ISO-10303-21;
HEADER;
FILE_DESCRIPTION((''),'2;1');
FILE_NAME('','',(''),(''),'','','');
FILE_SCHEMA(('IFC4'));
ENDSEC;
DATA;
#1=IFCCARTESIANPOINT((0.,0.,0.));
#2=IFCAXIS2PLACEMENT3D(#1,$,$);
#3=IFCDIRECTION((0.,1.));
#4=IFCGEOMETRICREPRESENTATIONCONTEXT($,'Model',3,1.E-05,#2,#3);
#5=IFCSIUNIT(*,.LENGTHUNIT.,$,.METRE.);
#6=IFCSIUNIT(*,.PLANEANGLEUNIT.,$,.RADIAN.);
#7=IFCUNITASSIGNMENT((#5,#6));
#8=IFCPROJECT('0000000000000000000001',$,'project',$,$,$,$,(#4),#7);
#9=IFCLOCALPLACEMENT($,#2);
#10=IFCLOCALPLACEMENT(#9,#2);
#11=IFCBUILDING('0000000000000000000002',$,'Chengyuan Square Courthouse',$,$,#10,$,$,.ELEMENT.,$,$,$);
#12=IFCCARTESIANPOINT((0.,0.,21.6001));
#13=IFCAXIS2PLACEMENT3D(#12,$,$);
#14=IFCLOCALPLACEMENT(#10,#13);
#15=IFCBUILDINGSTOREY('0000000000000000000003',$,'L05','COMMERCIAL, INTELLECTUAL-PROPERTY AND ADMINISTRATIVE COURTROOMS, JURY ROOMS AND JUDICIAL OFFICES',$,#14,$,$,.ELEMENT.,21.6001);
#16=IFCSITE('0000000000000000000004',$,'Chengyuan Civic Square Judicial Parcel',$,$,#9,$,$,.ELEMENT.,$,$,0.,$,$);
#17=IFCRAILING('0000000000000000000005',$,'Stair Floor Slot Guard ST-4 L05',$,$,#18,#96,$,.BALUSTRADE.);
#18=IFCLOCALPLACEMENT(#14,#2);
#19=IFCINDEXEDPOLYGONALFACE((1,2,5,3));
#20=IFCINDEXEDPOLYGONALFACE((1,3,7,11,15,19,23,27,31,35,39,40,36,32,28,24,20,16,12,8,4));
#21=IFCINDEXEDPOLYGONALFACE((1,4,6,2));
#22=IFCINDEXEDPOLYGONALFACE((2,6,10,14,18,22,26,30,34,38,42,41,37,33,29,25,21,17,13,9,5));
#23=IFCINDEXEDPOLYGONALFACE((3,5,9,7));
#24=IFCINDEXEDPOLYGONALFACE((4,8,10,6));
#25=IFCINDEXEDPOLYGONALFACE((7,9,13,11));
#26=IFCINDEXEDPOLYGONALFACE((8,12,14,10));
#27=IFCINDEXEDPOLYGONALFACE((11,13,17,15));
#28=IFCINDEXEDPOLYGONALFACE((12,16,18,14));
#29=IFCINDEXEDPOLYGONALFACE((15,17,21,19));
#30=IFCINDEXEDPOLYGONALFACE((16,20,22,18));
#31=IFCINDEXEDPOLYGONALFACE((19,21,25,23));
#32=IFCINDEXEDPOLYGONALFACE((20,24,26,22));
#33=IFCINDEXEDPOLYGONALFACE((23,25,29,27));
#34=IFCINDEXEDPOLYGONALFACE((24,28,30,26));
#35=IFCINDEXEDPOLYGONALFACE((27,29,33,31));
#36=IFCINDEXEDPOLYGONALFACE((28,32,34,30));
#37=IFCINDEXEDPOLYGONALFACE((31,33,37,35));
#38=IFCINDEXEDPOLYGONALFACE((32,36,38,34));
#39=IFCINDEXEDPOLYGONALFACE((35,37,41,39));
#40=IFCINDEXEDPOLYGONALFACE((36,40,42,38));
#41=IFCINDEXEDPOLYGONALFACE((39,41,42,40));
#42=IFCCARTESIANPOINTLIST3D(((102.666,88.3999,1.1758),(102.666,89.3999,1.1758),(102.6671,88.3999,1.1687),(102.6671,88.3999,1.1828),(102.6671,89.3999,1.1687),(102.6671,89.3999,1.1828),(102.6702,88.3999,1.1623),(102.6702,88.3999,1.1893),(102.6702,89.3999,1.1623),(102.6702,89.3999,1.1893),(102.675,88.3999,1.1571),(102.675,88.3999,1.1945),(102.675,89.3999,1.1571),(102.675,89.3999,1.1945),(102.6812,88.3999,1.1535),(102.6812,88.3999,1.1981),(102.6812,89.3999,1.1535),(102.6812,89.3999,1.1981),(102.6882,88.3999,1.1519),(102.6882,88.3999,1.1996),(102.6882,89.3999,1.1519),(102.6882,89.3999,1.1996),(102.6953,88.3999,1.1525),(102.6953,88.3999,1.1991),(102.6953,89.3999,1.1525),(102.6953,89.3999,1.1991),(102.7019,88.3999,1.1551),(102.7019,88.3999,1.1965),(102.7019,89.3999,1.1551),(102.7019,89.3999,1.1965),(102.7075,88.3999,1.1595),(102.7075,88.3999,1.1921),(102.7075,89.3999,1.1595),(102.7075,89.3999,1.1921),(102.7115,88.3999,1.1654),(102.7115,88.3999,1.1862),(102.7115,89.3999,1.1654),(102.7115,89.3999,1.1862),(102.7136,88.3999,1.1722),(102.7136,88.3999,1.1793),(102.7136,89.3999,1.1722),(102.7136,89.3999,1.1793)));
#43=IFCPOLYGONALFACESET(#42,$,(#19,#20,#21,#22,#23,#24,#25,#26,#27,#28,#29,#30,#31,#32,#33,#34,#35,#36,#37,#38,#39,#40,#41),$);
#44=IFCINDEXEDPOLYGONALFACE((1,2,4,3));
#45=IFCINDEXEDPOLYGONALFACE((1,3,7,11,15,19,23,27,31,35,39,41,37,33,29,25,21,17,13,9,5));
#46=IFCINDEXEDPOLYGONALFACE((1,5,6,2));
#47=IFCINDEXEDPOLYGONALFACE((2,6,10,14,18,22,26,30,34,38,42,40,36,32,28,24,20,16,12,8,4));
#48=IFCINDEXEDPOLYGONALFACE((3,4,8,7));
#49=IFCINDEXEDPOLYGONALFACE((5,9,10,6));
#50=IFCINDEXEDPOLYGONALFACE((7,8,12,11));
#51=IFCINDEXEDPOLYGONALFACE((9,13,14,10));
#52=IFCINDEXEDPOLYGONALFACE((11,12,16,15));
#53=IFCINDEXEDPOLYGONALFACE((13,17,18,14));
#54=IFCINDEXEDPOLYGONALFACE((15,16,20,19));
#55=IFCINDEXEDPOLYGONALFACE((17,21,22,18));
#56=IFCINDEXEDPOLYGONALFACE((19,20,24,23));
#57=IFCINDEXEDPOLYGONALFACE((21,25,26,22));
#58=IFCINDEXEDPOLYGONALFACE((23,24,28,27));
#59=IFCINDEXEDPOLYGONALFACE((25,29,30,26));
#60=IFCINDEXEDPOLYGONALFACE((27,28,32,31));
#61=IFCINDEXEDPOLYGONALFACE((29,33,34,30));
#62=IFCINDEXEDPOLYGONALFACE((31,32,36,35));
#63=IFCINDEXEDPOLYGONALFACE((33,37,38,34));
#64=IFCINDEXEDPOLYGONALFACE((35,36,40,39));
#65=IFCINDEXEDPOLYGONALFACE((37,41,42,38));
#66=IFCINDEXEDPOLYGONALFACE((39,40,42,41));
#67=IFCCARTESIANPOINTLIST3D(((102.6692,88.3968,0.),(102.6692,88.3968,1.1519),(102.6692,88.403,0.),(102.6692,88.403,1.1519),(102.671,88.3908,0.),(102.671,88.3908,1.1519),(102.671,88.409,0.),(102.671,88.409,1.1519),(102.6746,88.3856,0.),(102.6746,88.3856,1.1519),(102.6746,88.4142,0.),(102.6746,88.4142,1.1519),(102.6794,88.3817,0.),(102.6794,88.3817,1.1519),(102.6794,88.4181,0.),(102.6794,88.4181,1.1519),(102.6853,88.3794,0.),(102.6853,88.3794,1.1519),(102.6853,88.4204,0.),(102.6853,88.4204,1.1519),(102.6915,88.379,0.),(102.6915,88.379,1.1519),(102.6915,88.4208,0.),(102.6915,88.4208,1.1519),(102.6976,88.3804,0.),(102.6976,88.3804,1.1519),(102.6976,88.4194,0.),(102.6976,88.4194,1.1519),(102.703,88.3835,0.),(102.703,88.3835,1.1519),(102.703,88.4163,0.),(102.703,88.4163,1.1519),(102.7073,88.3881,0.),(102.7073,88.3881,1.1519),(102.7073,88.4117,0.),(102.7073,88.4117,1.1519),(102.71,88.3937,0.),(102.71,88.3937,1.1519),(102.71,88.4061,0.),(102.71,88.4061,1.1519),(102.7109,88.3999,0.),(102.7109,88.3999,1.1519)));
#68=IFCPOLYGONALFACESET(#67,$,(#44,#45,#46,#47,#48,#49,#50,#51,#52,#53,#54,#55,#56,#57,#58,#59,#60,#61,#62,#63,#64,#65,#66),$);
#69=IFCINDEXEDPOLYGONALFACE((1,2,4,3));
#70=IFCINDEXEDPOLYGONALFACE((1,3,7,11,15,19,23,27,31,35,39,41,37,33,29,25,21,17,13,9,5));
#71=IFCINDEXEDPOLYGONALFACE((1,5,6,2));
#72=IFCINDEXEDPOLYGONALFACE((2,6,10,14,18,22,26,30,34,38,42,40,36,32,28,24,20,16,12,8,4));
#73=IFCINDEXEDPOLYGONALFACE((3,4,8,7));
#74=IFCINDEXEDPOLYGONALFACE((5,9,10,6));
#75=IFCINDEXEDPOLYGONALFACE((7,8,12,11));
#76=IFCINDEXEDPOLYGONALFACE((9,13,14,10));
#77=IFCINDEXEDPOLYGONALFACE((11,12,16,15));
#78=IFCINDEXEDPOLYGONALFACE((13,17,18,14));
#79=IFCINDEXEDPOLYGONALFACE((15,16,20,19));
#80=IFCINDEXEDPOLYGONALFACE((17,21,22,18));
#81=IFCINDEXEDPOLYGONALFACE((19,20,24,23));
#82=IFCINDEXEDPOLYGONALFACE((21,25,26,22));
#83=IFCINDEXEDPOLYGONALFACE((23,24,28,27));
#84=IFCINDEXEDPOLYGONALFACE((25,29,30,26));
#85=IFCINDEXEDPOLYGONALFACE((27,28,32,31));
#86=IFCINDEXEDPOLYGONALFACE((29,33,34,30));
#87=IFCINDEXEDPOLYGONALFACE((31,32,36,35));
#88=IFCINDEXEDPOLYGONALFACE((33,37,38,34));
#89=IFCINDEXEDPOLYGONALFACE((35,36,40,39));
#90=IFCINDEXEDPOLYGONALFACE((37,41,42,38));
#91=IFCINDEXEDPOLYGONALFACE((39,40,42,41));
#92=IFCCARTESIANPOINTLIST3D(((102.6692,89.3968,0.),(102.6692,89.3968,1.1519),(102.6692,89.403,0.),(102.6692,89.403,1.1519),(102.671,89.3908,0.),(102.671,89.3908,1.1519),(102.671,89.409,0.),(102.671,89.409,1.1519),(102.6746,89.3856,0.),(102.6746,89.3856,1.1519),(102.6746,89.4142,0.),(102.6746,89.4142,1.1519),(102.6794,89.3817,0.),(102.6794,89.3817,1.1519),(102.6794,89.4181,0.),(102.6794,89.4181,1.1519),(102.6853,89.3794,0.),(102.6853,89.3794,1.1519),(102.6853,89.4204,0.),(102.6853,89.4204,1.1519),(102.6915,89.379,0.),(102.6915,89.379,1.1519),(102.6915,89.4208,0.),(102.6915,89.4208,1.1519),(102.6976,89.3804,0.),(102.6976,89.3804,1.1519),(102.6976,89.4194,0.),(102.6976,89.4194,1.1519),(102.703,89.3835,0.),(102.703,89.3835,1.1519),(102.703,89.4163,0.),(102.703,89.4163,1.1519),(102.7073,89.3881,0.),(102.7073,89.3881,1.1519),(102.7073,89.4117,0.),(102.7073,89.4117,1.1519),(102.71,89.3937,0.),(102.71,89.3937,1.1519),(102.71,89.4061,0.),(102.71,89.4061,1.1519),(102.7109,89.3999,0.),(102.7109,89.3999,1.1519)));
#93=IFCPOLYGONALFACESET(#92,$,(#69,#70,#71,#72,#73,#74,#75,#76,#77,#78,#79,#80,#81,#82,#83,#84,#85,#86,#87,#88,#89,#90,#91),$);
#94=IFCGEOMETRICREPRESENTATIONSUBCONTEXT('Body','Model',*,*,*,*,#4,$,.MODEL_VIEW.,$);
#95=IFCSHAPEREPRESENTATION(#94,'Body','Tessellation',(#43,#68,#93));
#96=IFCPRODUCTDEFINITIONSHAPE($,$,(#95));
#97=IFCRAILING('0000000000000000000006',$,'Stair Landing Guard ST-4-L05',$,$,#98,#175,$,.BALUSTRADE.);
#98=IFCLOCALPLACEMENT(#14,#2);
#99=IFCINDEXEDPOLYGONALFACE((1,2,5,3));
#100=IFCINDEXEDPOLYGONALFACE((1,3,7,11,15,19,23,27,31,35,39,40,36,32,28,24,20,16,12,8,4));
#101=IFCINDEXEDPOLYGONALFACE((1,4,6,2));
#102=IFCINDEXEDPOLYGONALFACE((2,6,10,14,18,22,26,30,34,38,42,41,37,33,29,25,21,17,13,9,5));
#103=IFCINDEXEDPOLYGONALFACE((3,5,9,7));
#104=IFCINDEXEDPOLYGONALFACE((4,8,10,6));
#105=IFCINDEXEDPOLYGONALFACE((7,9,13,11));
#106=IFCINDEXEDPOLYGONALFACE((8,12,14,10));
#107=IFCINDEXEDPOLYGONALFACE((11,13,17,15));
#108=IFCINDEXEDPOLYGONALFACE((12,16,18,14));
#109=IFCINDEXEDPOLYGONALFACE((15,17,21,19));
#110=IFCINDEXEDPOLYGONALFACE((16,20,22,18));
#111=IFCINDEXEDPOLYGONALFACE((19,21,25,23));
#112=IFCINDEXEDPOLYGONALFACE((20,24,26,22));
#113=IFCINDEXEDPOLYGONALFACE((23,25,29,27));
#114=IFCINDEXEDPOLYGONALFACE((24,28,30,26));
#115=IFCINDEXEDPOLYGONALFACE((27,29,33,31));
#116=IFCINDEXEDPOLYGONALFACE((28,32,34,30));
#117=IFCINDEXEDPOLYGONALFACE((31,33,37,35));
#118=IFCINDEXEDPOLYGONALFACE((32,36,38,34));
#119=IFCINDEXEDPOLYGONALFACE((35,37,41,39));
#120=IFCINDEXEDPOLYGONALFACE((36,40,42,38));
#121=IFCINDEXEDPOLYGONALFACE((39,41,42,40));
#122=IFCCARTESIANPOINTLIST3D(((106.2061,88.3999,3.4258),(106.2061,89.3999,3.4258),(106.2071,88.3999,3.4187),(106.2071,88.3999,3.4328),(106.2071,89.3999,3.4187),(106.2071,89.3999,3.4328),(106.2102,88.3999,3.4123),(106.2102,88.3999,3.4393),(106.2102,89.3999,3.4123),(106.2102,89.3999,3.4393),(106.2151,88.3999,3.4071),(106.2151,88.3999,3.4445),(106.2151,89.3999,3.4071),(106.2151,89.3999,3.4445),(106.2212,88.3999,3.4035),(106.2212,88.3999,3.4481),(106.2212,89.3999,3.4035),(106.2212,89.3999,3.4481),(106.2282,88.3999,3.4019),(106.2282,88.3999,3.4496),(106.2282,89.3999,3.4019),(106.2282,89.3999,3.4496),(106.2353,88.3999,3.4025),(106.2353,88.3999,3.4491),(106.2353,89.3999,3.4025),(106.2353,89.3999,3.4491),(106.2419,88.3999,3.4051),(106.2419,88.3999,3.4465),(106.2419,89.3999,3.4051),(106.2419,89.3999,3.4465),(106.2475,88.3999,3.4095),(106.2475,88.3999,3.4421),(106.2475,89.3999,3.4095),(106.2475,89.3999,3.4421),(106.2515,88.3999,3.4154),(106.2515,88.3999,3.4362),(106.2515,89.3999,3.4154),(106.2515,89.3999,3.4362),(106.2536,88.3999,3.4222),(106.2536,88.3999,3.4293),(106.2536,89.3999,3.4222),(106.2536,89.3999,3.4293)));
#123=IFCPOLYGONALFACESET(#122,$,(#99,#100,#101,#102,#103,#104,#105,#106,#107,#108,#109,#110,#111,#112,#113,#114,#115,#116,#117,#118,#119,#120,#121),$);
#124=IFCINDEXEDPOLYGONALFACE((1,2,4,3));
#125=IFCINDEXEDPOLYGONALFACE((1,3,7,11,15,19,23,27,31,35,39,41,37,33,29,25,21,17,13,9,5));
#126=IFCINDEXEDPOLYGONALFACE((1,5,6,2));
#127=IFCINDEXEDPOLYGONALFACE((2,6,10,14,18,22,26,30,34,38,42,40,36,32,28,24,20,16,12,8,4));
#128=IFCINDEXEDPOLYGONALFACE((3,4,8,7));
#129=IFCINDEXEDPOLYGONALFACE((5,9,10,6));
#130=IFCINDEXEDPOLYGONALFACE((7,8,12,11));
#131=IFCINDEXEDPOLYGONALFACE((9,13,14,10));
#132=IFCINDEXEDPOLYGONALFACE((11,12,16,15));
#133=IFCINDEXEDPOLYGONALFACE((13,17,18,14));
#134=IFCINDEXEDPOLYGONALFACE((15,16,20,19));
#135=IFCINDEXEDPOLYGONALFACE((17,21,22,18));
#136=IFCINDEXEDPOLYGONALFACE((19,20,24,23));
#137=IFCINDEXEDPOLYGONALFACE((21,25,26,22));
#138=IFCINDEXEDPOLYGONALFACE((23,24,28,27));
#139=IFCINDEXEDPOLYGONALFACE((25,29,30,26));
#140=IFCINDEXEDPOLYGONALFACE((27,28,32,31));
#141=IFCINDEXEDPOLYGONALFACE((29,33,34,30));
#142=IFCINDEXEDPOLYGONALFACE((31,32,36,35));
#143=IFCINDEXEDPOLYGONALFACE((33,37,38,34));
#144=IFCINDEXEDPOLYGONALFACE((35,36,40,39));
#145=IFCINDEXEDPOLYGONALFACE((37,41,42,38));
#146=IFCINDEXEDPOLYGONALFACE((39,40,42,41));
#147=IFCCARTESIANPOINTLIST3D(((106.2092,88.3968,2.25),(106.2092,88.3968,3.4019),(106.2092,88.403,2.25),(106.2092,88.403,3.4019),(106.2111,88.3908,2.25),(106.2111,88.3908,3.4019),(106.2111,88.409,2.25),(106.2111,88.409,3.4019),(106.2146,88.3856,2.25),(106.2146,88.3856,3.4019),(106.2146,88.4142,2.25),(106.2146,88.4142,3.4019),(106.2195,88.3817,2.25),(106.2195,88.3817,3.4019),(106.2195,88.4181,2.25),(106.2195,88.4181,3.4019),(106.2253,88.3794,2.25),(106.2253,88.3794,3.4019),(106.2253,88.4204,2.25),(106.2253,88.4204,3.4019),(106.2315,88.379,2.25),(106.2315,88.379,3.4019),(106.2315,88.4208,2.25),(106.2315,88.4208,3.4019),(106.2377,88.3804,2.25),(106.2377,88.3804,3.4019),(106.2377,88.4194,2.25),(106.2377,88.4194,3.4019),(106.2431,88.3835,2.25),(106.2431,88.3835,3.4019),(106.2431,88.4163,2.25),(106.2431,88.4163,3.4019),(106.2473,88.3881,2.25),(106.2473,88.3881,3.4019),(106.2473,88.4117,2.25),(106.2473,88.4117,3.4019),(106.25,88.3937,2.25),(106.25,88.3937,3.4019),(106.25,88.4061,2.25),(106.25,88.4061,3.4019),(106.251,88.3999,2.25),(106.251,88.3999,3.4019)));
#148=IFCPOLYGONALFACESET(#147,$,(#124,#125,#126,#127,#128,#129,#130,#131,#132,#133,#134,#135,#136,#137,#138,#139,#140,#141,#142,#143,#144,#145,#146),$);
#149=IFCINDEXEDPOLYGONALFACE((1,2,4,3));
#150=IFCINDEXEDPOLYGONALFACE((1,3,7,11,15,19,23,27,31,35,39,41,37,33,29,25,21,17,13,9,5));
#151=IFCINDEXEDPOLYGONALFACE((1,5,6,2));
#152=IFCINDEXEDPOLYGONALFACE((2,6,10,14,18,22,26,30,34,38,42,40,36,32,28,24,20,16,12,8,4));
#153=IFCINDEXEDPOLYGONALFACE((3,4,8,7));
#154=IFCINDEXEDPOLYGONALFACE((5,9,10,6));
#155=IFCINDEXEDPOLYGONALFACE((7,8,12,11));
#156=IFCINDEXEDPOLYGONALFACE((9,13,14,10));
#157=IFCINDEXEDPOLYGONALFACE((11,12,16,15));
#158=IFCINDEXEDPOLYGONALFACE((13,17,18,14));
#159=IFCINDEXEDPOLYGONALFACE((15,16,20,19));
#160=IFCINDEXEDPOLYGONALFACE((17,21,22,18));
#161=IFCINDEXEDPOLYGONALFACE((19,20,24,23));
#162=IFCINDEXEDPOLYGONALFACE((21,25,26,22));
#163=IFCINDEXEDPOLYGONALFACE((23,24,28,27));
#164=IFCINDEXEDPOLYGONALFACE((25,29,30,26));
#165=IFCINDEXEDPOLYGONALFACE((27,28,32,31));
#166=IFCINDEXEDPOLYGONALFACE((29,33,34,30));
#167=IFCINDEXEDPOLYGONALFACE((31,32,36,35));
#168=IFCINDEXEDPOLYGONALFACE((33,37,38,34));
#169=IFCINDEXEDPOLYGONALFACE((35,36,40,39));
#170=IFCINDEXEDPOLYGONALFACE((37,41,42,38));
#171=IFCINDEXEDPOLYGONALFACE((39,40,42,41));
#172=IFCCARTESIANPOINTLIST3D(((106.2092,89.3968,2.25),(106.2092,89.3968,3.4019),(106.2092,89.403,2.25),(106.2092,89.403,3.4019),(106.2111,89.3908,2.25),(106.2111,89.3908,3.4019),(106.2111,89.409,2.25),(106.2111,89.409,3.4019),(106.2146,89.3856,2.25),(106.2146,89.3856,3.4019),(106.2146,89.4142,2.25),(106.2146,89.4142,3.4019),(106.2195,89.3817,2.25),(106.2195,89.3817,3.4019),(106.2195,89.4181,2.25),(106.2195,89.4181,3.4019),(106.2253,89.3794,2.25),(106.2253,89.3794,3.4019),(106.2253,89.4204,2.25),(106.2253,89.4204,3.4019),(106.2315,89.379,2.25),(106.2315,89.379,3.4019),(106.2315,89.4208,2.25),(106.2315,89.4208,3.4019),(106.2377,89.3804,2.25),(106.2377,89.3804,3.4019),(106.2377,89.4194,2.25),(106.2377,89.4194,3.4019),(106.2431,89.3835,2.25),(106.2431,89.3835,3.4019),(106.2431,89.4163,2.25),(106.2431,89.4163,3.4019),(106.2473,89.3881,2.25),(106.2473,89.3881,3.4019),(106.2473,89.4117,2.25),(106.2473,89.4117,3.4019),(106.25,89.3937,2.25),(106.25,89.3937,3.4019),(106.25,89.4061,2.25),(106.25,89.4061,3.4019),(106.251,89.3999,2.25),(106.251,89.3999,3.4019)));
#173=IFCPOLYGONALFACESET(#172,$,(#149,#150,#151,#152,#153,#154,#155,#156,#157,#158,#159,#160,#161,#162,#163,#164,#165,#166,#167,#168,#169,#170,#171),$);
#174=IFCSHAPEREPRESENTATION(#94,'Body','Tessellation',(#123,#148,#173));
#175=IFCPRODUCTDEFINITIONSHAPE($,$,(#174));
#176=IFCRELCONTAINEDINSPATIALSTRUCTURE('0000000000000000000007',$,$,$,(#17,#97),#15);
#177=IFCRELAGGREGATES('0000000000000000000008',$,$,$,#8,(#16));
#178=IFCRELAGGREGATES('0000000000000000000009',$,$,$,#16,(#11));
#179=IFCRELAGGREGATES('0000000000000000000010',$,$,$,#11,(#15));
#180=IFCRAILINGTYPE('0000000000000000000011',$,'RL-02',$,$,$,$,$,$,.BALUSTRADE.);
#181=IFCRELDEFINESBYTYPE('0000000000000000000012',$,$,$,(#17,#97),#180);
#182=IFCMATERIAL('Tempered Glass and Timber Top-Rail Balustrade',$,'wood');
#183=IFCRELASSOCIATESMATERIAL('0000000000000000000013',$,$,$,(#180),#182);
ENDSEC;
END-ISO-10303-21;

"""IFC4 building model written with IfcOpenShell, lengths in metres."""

from ifc_helpers import new_model, si_unit, direction, frame, origin, origin_2d, place, context, subcontext, project, spatial, circle, extrude, material, type_object, element, save


model = new_model("IFC4")

# Units and contexts
model_context = context("Model", 3, precision=1e-05, world=origin(), true_north=direction((0.0, 1.0)))
body_context = subcontext(model_context, "Body", "Model", "MODEL_VIEW")
ifc_project = project(units=[si_unit("LENGTHUNIT", "METRE"), si_unit("PLANEANGLEUNIT", "RADIAN")], contexts=[model_context])

# Site, building, storey
site_placement = place(None, origin())
site = spatial("IfcSite", under=ifc_project, at=site_placement, Name="Chengyuan Civic Square Judicial Parcel", CompositionType="ELEMENT", RefElevation=0.0)
building_placement = place(site_placement, origin())
building = spatial("IfcBuilding", under=site, at=building_placement, Name="Chengyuan Square Courthouse", CompositionType="ELEMENT")
storey_placement = place(building_placement, frame((0.0, 0.0, 21.6001)))
storey = spatial("IfcBuildingStorey", under=building, at=storey_placement, Name="L05", Description="COMMERCIAL, INTELLECTUAL-PROPERTY AND ADMINISTRATIVE COURTROOMS, JURY ROOMS AND JUDICIAL OFFICES", CompositionType="ELEMENT", Elevation=21.6001)

# Railings
ifc_material_1 = material(Name="Tempered Glass and Timber Top-Rail Balustrade", Category="wood")
railing_type_1 = type_object("IfcRailingType", Name="RL-02", PredefinedType="BALUSTRADE", material=ifc_material_1)
for number, where, name in (
    (1, (102.6899, 88.3999, 0.0), "Stair Floor Slot Guard ST-4 L05"),
    (2, (106.23, 88.3999, 2.25), "Stair Landing Guard ST-4-L05"),
):
    element("IfcRailing", number, at=place(storey_placement, frame(where)), inside=storey, type_object=railing_type_1, Name=name, PredefinedType="BALUSTRADE", context=body_context, shape_type="SweptSolid", body=[
        extrude(circle(Radius=0.0239, at=origin_2d()), frame((0.0, 0.0, 1.1758), z_axis=(0.0, 1.0, 0.0), x_axis=(-1.0, 0.0, 0.0)), (0.0, 0.0, 1.0), 1.0),
        extrude(circle(Radius=0.021, at=origin_2d()), origin(), (0.0, 0.0, 1.0), 1.1519),
        extrude(circle(Radius=0.021, at=origin_2d()), frame((0.0, 1.0, 0.0)), (0.0, 0.0, 1.0), 1.1519),
    ])

save(model, "model.ifc")
